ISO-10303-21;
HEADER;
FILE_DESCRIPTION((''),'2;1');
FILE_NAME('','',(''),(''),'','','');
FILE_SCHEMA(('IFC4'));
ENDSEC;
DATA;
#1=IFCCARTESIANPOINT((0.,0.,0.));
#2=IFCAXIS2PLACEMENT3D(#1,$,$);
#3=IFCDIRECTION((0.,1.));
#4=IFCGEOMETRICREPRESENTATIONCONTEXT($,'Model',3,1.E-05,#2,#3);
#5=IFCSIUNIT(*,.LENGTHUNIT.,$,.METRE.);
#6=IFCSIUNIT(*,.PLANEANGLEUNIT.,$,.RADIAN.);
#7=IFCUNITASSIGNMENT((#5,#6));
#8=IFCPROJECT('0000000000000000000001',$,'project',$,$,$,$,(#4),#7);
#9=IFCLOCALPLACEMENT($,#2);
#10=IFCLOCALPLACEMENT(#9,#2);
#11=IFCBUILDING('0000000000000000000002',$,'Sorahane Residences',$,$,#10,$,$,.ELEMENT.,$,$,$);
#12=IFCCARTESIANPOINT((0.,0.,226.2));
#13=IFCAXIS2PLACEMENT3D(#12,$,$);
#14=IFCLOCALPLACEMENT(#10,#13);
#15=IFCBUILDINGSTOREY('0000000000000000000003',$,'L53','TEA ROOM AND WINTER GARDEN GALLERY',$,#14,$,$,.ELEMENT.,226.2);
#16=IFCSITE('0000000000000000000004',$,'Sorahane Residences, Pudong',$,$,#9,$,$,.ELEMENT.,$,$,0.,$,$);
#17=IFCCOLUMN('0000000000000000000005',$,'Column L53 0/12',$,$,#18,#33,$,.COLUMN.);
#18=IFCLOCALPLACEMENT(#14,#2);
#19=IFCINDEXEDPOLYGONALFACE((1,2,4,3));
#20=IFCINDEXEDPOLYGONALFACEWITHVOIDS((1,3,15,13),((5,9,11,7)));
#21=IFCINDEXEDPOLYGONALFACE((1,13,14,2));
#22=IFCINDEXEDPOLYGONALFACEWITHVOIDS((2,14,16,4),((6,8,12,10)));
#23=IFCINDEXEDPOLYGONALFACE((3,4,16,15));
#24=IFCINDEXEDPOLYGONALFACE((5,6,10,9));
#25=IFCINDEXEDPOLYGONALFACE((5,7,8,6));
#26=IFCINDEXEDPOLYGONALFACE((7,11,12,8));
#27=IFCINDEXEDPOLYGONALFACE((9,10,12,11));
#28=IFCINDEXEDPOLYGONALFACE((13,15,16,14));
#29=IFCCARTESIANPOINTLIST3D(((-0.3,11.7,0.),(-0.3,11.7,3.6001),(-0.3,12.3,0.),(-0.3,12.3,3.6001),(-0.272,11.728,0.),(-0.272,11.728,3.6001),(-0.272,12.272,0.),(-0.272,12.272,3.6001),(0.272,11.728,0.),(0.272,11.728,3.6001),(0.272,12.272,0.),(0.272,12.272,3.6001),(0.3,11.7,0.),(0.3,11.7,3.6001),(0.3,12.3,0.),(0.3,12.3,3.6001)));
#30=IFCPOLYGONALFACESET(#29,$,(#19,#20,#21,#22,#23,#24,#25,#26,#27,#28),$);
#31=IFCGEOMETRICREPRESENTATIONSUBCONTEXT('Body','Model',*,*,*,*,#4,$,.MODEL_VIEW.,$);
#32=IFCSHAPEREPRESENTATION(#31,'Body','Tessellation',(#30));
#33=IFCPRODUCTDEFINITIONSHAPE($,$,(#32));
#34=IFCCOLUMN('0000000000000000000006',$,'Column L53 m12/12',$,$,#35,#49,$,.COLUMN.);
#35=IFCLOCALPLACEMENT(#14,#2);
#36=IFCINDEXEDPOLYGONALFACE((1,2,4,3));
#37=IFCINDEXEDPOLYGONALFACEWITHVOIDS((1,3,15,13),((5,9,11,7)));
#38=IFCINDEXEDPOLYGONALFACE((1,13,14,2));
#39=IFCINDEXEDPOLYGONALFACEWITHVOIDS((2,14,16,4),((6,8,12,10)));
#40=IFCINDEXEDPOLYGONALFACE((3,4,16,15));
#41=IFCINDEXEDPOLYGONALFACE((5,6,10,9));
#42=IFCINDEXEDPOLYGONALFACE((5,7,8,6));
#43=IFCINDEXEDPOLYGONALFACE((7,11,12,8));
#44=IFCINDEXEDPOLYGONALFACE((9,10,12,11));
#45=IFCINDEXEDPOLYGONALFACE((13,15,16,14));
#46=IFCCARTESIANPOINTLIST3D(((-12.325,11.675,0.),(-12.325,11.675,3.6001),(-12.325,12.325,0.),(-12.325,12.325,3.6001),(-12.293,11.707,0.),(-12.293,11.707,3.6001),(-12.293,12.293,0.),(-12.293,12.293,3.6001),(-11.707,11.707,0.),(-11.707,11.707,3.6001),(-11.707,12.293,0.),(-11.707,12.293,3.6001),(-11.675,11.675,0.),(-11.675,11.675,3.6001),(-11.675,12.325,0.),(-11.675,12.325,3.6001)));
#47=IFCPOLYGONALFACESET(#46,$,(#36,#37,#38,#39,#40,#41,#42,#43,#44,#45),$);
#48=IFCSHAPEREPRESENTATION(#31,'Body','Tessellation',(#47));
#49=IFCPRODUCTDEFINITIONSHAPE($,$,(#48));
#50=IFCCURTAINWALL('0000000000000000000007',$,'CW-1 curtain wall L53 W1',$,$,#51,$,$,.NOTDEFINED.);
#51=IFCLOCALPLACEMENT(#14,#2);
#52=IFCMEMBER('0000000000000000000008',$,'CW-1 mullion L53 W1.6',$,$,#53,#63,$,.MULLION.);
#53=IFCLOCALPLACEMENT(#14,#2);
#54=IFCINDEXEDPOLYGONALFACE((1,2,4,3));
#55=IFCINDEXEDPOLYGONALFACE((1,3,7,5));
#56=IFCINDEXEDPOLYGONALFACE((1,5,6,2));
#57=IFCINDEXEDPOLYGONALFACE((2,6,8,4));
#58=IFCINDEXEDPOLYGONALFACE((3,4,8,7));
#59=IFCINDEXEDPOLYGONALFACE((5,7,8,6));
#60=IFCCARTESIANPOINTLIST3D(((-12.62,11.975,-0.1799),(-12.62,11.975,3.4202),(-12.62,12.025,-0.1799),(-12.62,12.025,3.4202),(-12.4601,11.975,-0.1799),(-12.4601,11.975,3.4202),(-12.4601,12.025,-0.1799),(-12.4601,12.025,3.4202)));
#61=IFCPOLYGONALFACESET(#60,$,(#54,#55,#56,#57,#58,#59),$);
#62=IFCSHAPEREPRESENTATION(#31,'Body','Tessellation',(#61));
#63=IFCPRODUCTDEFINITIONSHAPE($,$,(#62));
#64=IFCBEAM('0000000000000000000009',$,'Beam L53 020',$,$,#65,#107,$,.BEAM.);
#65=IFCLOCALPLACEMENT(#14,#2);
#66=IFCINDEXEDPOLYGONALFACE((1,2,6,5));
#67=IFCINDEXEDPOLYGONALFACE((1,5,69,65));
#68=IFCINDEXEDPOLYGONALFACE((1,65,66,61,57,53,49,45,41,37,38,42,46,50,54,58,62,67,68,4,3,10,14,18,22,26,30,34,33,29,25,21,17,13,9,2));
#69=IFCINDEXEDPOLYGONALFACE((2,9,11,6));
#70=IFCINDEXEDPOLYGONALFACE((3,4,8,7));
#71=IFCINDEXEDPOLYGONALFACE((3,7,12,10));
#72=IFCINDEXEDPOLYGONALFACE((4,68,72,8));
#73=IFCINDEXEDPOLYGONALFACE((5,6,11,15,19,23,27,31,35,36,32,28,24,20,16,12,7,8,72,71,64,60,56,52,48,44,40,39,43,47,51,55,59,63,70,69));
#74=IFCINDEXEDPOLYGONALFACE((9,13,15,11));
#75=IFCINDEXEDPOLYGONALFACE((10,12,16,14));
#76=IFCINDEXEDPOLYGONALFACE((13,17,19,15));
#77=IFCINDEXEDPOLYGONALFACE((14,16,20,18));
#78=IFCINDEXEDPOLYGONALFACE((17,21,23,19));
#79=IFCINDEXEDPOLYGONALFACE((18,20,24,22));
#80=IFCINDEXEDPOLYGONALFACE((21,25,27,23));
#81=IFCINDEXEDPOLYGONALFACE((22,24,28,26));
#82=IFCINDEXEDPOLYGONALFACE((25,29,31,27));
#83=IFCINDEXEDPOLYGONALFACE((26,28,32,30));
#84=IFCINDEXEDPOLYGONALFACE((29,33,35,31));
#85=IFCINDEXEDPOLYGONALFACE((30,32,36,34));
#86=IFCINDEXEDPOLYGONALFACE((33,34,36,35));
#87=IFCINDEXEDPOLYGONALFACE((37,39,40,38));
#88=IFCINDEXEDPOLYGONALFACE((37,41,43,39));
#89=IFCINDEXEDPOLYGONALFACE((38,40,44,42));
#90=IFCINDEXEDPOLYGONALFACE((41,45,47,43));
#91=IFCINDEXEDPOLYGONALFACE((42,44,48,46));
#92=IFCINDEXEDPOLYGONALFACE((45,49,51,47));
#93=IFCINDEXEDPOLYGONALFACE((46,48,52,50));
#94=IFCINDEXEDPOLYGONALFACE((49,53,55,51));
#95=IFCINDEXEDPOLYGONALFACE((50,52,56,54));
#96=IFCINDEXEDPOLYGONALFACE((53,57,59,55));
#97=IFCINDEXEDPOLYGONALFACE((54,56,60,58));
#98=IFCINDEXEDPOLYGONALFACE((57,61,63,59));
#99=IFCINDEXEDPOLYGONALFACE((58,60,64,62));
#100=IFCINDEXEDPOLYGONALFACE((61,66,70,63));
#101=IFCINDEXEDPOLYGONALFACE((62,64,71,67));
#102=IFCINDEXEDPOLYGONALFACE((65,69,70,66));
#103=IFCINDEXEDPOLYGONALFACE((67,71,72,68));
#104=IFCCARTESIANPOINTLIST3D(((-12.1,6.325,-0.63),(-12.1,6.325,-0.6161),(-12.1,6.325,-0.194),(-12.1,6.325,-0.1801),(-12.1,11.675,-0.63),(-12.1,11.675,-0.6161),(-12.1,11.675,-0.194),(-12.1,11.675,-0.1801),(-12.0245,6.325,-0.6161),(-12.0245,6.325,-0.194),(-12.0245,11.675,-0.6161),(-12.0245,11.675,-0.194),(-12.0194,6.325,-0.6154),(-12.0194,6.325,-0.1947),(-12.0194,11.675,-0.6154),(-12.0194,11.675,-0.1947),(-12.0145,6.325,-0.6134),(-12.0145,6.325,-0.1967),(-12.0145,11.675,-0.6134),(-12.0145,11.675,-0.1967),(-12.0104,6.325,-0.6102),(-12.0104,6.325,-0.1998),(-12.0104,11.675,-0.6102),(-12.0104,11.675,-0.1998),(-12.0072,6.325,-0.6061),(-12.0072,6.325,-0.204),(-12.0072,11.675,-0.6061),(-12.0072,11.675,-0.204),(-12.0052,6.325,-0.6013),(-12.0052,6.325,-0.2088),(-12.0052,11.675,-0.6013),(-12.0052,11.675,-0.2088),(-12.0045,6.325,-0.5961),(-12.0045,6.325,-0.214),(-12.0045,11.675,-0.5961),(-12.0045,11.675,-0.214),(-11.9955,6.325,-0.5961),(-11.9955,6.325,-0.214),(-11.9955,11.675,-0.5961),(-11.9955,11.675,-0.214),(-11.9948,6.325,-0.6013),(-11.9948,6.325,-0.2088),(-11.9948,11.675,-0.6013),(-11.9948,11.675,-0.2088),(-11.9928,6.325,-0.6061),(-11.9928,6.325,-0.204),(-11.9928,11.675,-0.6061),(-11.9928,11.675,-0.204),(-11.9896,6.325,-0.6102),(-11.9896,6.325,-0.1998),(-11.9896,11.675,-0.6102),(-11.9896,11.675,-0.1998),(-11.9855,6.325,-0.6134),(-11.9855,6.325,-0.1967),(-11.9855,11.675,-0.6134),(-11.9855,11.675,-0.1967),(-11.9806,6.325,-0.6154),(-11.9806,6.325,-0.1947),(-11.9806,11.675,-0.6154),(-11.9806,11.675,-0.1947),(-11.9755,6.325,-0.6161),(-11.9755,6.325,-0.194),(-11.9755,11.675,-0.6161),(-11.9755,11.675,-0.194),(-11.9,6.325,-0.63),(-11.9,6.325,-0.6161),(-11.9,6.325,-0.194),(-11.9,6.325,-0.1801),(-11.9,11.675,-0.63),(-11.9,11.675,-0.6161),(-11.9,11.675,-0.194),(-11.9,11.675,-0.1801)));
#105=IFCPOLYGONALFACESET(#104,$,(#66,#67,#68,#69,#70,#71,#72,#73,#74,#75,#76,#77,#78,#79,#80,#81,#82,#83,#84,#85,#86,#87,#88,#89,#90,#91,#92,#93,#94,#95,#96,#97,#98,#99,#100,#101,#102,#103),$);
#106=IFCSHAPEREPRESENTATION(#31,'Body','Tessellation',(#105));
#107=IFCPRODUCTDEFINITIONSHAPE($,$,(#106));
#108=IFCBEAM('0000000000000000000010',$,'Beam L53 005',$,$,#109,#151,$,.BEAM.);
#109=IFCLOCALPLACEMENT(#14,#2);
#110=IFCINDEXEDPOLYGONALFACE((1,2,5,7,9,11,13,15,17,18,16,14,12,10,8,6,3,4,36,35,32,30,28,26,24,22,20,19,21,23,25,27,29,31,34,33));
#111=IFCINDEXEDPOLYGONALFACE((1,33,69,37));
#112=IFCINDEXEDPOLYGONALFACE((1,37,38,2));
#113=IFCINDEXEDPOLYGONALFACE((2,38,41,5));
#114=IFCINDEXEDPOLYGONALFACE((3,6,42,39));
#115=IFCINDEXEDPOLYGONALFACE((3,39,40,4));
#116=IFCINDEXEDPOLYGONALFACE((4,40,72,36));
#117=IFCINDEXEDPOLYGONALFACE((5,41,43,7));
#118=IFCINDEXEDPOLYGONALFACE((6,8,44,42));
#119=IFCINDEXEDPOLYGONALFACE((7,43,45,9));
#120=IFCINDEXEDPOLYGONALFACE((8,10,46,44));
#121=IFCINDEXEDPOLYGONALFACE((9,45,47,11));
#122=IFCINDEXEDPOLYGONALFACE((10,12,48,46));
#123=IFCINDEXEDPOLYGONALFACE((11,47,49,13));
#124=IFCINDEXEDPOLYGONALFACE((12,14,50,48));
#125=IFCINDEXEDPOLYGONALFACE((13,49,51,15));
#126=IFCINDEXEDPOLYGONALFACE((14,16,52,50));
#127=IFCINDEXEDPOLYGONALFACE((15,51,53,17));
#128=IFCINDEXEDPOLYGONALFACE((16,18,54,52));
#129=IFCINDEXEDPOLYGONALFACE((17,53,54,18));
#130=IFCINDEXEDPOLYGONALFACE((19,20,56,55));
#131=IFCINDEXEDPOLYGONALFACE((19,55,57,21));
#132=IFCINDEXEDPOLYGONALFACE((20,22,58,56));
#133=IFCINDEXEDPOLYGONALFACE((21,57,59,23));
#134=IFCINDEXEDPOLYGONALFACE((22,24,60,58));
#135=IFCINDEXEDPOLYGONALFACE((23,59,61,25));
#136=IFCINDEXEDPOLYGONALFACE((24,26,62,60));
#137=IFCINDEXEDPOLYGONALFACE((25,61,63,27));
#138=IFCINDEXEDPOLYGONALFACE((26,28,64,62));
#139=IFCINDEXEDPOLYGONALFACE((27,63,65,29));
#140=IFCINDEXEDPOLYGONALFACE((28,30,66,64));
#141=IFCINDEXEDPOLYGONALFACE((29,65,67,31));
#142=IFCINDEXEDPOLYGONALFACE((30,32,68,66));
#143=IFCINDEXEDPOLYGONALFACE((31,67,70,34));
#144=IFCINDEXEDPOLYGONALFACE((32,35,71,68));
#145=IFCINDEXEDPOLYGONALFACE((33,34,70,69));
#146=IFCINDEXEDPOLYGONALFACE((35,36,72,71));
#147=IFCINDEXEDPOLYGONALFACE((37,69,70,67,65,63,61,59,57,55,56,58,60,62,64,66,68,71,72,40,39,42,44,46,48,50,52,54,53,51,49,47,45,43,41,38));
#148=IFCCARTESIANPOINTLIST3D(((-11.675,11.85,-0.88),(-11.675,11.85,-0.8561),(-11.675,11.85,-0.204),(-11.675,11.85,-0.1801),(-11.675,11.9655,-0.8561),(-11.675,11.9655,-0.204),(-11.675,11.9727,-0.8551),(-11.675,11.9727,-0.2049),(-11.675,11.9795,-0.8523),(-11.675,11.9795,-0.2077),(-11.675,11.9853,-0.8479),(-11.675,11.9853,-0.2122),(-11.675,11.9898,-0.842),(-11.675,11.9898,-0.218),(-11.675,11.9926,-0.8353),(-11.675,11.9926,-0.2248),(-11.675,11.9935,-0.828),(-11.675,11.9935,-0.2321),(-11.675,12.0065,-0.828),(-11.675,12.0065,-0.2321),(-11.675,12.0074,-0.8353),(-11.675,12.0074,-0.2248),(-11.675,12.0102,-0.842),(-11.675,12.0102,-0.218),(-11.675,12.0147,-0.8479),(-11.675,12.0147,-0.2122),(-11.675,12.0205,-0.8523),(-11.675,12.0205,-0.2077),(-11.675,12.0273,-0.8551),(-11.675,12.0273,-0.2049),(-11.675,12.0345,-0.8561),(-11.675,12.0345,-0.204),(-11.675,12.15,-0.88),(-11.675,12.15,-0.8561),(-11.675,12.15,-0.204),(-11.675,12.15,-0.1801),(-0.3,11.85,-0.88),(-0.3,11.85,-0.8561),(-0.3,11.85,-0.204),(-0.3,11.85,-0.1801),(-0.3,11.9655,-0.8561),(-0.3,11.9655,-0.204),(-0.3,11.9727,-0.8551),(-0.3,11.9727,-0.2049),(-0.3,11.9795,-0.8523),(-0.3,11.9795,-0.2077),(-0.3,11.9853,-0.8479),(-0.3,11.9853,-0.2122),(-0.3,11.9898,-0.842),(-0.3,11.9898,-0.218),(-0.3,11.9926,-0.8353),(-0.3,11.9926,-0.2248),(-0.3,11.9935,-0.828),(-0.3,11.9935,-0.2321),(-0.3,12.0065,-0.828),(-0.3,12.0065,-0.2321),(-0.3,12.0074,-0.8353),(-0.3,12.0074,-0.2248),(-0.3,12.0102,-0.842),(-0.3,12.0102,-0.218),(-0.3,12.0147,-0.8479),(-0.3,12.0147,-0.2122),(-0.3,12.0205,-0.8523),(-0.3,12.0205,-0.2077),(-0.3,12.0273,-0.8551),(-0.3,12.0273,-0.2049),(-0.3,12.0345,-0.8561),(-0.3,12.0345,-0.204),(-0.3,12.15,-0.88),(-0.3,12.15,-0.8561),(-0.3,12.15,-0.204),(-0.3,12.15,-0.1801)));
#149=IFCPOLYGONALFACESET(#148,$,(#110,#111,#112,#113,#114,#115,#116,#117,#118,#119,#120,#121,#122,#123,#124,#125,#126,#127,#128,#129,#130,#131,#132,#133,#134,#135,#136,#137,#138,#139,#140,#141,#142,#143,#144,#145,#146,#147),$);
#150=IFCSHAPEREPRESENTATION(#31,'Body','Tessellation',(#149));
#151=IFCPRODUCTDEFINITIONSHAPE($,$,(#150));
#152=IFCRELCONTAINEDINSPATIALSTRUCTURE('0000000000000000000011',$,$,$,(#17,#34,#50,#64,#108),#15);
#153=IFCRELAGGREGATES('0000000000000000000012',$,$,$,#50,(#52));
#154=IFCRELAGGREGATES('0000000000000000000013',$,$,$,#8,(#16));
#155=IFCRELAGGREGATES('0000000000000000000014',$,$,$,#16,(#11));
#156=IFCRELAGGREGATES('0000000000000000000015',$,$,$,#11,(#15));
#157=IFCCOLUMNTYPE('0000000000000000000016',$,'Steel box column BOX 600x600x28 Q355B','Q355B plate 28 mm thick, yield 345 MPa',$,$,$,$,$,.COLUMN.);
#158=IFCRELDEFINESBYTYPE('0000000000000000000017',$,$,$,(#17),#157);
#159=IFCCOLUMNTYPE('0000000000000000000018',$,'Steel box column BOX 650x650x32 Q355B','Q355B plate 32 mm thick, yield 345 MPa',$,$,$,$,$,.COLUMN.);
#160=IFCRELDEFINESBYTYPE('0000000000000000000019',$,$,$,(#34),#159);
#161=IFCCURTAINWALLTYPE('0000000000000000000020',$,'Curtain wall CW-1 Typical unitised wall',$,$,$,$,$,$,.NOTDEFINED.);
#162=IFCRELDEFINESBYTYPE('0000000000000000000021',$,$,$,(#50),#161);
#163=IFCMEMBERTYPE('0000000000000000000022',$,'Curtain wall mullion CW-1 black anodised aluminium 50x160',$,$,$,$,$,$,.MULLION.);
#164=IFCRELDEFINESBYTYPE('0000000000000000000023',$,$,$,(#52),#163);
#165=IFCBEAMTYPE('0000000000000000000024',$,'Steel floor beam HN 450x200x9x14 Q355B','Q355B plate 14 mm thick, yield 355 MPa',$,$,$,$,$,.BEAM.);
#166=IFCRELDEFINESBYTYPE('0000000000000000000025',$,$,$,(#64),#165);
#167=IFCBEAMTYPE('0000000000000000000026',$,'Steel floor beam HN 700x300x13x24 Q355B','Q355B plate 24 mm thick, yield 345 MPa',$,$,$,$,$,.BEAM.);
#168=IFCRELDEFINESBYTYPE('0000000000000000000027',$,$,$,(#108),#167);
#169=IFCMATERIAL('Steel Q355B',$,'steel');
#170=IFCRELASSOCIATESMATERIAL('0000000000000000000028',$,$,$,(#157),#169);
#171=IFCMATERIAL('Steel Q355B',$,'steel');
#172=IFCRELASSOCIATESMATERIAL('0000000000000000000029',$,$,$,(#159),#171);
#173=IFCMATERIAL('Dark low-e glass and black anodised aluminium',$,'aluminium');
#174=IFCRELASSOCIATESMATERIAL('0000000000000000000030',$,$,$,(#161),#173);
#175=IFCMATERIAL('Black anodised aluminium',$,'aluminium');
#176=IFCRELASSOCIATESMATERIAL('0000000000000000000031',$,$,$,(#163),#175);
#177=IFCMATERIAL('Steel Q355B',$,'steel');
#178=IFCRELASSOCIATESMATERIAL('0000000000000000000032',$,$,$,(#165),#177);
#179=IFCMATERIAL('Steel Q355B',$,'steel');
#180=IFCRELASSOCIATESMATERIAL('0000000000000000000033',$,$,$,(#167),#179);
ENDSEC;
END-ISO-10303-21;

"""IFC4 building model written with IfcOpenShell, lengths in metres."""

from ifc_helpers import new_model, si_unit, direction, frame, origin, origin_2d, place, context, subcontext, project, spatial, rectangle, hollow_rectangle, i_section, extrude, material, material_profile, profile_set, type_object, element, aggregate, save


model = new_model("IFC4")

# Units and contexts
model_context = context("Model", 3, precision=1e-05, world=origin(), true_north=direction((0.0, 1.0)))
body_context = subcontext(model_context, "Body", "Model", "MODEL_VIEW")
ifc_project = project(units=[si_unit("LENGTHUNIT", "METRE"), si_unit("PLANEANGLEUNIT", "RADIAN")], contexts=[model_context])

# Site, building, storey
site_placement = place(None, origin())
site = spatial("IfcSite", under=ifc_project, at=site_placement, Name="Sorahane Residences, Pudong", CompositionType="ELEMENT", RefElevation=0.0)
building_placement = place(site_placement, origin())
building = spatial("IfcBuilding", under=site, at=building_placement, Name="Sorahane Residences", CompositionType="ELEMENT")
storey_placement = place(building_placement, frame((0.0, 0.0, 226.2)))
storey = spatial("IfcBuildingStorey", under=building, at=storey_placement, Name="L53", Description="TEA ROOM AND WINTER GARDEN GALLERY", CompositionType="ELEMENT", Elevation=226.2)

# Columns
ifc_material_1 = material(Name="Steel Q355B", Category="steel")
ifc_material_profile_1 = material_profile(ifc_material_1, hollow_rectangle(XDim=0.6001, YDim=0.6001, WallThickness=0.0281, at=origin_2d()), Name="BOX 600x600x28")
ifc_profile_set_1 = profile_set([ifc_material_profile_1], Name="Steel Q355B")
column_type_1 = type_object("IfcColumnType", Name="Steel box column BOX 600x600x28 Q355B", Description="Q355B plate 28 mm thick, yield 345 MPa", PredefinedType="COLUMN", material=ifc_profile_set_1)
column_1_placement = place(storey_placement, frame((0.0, 12.0, 0.0), z_axis=(0.0, 0.0, 1.0), x_axis=(1.0, 0.0, 0.0)))
element("IfcColumn", 1, at=column_1_placement, inside=storey, type_object=column_type_1, Name="Column L53 0/12", PredefinedType="COLUMN", context=body_context, shape_type="SweptSolid", body=[
    extrude(hollow_rectangle(XDim=0.6001, YDim=0.6001, WallThickness=0.0281, at=origin_2d()), origin(), (0.0, 0.0, 1.0), 3.6001),
])
ifc_material_2 = material(Name="Steel Q355B", Category="steel")
ifc_material_profile_2 = material_profile(ifc_material_2, hollow_rectangle(XDim=0.6499, YDim=0.6499, WallThickness=0.032, at=origin_2d()), Name="BOX 650x650x32")
ifc_profile_set_2 = profile_set([ifc_material_profile_2], Name="Steel Q355B")
column_type_2 = type_object("IfcColumnType", Name="Steel box column BOX 650x650x32 Q355B", Description="Q355B plate 32 mm thick, yield 345 MPa", PredefinedType="COLUMN", material=ifc_profile_set_2)
column_2_placement = place(storey_placement, frame((-12.0, 12.0, 0.0), z_axis=(0.0, 0.0, 1.0), x_axis=(1.0, 0.0, 0.0)))
element("IfcColumn", 2, at=column_2_placement, inside=storey, type_object=column_type_2, Name="Column L53 m12/12", PredefinedType="COLUMN", context=body_context, shape_type="SweptSolid", body=[
    extrude(hollow_rectangle(XDim=0.6499, YDim=0.6499, WallThickness=0.032, at=origin_2d()), origin(), (0.0, 0.0, 1.0), 3.6001),
])

# Curtain wall, member
ifc_material_3 = material(Name="Dark low-e glass and black anodised aluminium", Category="aluminium")
curtain_wall_type = type_object("IfcCurtainWallType", Name="Curtain wall CW-1 Typical unitised wall", PredefinedType="NOTDEFINED", material=ifc_material_3)
curtain_wall_placement = place(storey_placement, origin())
curtain_wall = element("IfcCurtainWall", 3, at=curtain_wall_placement, inside=storey, type_object=curtain_wall_type, Name="CW-1 curtain wall L53 W1", PredefinedType="NOTDEFINED")
ifc_material_4 = material(Name="Black anodised aluminium", Category="aluminium")
ifc_material_profile_3 = material_profile(ifc_material_4, rectangle(XDim=0.1599, YDim=0.05, at=origin_2d()), Name="Curtain wall mullion CW-1 black anodised aluminium 50x160")
ifc_profile_set_3 = profile_set([ifc_material_profile_3], Name="Black anodised aluminium")
member_type = type_object("IfcMemberType", Name="Curtain wall mullion CW-1 black anodised aluminium 50x160", PredefinedType="MULLION", material=ifc_profile_set_3)
member_placement = place(storey_placement, frame((-12.54, 12.0, -0.1799), z_axis=(0.0, 0.0, 1.0), x_axis=(-1.0, 0.0, 0.0)))
member = element("IfcMember", 4, at=member_placement, type_object=member_type, Name="CW-1 mullion L53 W1.6", PredefinedType="MULLION", context=body_context, shape_type="SweptSolid", body=[
    extrude(rectangle(XDim=0.1599, YDim=0.05, at=origin_2d()), origin(), (0.0, 0.0, 1.0), 3.6001),
])

# Beams
ifc_material_5 = material(Name="Steel Q355B", Category="steel")
ifc_material_profile_4 = material_profile(ifc_material_5, i_section(OverallWidth=0.2, OverallDepth=0.45, WebThickness=0.009, FlangeThickness=0.0139, FilletRadius=0.02, at=origin_2d()), Name="HN 450x200x9x14")
ifc_profile_set_4 = profile_set([ifc_material_profile_4], Name="Steel Q355B")
beam_type_1 = type_object("IfcBeamType", Name="Steel floor beam HN 450x200x9x14 Q355B", Description="Q355B plate 14 mm thick, yield 355 MPa", PredefinedType="BEAM", material=ifc_profile_set_4)
beam_1_placement = place(storey_placement, frame((-12.0, 6.325, -0.405), z_axis=(0.0, 1.0, 0.0), x_axis=(-1.0, 0.0, 0.0)))
element("IfcBeam", 5, at=beam_1_placement, inside=storey, type_object=beam_type_1, Name="Beam L53 020", PredefinedType="BEAM", context=body_context, shape_type="SweptSolid", body=[
    extrude(i_section(OverallWidth=0.2, OverallDepth=0.45, WebThickness=0.009, FlangeThickness=0.0139, FilletRadius=0.02, at=origin_2d()), origin(), (0.0, 0.0, 1.0), 5.3501),
])
ifc_material_6 = material(Name="Steel Q355B", Category="steel")
ifc_material_profile_5 = material_profile(ifc_material_6, i_section(OverallWidth=0.3, OverallDepth=0.7, WebThickness=0.0129, FlangeThickness=0.0239, FilletRadius=0.0281, at=origin_2d()), Name="HN 700x300x13x24")
ifc_profile_set_5 = profile_set([ifc_material_profile_5], Name="Steel Q355B")
beam_type_2 = type_object("IfcBeamType", Name="Steel floor beam HN 700x300x13x24 Q355B", Description="Q355B plate 24 mm thick, yield 345 MPa", PredefinedType="BEAM", material=ifc_profile_set_5)
beam_2_placement = place(storey_placement, frame((-11.675, 12.0, -0.53), z_axis=(1.0, 0.0, 0.0), x_axis=(0.0, 1.0, 0.0)))
element("IfcBeam", 6, at=beam_2_placement, inside=storey, type_object=beam_type_2, Name="Beam L53 005", PredefinedType="BEAM", context=body_context, shape_type="SweptSolid", body=[
    extrude(i_section(OverallWidth=0.3, OverallDepth=0.7, WebThickness=0.0129, FlangeThickness=0.0239, FilletRadius=0.0281, at=origin_2d()), origin(), (0.0, 0.0, 1.0), 11.375),
])

aggregate(curtain_wall, [member])

save(model, "model.ifc")
